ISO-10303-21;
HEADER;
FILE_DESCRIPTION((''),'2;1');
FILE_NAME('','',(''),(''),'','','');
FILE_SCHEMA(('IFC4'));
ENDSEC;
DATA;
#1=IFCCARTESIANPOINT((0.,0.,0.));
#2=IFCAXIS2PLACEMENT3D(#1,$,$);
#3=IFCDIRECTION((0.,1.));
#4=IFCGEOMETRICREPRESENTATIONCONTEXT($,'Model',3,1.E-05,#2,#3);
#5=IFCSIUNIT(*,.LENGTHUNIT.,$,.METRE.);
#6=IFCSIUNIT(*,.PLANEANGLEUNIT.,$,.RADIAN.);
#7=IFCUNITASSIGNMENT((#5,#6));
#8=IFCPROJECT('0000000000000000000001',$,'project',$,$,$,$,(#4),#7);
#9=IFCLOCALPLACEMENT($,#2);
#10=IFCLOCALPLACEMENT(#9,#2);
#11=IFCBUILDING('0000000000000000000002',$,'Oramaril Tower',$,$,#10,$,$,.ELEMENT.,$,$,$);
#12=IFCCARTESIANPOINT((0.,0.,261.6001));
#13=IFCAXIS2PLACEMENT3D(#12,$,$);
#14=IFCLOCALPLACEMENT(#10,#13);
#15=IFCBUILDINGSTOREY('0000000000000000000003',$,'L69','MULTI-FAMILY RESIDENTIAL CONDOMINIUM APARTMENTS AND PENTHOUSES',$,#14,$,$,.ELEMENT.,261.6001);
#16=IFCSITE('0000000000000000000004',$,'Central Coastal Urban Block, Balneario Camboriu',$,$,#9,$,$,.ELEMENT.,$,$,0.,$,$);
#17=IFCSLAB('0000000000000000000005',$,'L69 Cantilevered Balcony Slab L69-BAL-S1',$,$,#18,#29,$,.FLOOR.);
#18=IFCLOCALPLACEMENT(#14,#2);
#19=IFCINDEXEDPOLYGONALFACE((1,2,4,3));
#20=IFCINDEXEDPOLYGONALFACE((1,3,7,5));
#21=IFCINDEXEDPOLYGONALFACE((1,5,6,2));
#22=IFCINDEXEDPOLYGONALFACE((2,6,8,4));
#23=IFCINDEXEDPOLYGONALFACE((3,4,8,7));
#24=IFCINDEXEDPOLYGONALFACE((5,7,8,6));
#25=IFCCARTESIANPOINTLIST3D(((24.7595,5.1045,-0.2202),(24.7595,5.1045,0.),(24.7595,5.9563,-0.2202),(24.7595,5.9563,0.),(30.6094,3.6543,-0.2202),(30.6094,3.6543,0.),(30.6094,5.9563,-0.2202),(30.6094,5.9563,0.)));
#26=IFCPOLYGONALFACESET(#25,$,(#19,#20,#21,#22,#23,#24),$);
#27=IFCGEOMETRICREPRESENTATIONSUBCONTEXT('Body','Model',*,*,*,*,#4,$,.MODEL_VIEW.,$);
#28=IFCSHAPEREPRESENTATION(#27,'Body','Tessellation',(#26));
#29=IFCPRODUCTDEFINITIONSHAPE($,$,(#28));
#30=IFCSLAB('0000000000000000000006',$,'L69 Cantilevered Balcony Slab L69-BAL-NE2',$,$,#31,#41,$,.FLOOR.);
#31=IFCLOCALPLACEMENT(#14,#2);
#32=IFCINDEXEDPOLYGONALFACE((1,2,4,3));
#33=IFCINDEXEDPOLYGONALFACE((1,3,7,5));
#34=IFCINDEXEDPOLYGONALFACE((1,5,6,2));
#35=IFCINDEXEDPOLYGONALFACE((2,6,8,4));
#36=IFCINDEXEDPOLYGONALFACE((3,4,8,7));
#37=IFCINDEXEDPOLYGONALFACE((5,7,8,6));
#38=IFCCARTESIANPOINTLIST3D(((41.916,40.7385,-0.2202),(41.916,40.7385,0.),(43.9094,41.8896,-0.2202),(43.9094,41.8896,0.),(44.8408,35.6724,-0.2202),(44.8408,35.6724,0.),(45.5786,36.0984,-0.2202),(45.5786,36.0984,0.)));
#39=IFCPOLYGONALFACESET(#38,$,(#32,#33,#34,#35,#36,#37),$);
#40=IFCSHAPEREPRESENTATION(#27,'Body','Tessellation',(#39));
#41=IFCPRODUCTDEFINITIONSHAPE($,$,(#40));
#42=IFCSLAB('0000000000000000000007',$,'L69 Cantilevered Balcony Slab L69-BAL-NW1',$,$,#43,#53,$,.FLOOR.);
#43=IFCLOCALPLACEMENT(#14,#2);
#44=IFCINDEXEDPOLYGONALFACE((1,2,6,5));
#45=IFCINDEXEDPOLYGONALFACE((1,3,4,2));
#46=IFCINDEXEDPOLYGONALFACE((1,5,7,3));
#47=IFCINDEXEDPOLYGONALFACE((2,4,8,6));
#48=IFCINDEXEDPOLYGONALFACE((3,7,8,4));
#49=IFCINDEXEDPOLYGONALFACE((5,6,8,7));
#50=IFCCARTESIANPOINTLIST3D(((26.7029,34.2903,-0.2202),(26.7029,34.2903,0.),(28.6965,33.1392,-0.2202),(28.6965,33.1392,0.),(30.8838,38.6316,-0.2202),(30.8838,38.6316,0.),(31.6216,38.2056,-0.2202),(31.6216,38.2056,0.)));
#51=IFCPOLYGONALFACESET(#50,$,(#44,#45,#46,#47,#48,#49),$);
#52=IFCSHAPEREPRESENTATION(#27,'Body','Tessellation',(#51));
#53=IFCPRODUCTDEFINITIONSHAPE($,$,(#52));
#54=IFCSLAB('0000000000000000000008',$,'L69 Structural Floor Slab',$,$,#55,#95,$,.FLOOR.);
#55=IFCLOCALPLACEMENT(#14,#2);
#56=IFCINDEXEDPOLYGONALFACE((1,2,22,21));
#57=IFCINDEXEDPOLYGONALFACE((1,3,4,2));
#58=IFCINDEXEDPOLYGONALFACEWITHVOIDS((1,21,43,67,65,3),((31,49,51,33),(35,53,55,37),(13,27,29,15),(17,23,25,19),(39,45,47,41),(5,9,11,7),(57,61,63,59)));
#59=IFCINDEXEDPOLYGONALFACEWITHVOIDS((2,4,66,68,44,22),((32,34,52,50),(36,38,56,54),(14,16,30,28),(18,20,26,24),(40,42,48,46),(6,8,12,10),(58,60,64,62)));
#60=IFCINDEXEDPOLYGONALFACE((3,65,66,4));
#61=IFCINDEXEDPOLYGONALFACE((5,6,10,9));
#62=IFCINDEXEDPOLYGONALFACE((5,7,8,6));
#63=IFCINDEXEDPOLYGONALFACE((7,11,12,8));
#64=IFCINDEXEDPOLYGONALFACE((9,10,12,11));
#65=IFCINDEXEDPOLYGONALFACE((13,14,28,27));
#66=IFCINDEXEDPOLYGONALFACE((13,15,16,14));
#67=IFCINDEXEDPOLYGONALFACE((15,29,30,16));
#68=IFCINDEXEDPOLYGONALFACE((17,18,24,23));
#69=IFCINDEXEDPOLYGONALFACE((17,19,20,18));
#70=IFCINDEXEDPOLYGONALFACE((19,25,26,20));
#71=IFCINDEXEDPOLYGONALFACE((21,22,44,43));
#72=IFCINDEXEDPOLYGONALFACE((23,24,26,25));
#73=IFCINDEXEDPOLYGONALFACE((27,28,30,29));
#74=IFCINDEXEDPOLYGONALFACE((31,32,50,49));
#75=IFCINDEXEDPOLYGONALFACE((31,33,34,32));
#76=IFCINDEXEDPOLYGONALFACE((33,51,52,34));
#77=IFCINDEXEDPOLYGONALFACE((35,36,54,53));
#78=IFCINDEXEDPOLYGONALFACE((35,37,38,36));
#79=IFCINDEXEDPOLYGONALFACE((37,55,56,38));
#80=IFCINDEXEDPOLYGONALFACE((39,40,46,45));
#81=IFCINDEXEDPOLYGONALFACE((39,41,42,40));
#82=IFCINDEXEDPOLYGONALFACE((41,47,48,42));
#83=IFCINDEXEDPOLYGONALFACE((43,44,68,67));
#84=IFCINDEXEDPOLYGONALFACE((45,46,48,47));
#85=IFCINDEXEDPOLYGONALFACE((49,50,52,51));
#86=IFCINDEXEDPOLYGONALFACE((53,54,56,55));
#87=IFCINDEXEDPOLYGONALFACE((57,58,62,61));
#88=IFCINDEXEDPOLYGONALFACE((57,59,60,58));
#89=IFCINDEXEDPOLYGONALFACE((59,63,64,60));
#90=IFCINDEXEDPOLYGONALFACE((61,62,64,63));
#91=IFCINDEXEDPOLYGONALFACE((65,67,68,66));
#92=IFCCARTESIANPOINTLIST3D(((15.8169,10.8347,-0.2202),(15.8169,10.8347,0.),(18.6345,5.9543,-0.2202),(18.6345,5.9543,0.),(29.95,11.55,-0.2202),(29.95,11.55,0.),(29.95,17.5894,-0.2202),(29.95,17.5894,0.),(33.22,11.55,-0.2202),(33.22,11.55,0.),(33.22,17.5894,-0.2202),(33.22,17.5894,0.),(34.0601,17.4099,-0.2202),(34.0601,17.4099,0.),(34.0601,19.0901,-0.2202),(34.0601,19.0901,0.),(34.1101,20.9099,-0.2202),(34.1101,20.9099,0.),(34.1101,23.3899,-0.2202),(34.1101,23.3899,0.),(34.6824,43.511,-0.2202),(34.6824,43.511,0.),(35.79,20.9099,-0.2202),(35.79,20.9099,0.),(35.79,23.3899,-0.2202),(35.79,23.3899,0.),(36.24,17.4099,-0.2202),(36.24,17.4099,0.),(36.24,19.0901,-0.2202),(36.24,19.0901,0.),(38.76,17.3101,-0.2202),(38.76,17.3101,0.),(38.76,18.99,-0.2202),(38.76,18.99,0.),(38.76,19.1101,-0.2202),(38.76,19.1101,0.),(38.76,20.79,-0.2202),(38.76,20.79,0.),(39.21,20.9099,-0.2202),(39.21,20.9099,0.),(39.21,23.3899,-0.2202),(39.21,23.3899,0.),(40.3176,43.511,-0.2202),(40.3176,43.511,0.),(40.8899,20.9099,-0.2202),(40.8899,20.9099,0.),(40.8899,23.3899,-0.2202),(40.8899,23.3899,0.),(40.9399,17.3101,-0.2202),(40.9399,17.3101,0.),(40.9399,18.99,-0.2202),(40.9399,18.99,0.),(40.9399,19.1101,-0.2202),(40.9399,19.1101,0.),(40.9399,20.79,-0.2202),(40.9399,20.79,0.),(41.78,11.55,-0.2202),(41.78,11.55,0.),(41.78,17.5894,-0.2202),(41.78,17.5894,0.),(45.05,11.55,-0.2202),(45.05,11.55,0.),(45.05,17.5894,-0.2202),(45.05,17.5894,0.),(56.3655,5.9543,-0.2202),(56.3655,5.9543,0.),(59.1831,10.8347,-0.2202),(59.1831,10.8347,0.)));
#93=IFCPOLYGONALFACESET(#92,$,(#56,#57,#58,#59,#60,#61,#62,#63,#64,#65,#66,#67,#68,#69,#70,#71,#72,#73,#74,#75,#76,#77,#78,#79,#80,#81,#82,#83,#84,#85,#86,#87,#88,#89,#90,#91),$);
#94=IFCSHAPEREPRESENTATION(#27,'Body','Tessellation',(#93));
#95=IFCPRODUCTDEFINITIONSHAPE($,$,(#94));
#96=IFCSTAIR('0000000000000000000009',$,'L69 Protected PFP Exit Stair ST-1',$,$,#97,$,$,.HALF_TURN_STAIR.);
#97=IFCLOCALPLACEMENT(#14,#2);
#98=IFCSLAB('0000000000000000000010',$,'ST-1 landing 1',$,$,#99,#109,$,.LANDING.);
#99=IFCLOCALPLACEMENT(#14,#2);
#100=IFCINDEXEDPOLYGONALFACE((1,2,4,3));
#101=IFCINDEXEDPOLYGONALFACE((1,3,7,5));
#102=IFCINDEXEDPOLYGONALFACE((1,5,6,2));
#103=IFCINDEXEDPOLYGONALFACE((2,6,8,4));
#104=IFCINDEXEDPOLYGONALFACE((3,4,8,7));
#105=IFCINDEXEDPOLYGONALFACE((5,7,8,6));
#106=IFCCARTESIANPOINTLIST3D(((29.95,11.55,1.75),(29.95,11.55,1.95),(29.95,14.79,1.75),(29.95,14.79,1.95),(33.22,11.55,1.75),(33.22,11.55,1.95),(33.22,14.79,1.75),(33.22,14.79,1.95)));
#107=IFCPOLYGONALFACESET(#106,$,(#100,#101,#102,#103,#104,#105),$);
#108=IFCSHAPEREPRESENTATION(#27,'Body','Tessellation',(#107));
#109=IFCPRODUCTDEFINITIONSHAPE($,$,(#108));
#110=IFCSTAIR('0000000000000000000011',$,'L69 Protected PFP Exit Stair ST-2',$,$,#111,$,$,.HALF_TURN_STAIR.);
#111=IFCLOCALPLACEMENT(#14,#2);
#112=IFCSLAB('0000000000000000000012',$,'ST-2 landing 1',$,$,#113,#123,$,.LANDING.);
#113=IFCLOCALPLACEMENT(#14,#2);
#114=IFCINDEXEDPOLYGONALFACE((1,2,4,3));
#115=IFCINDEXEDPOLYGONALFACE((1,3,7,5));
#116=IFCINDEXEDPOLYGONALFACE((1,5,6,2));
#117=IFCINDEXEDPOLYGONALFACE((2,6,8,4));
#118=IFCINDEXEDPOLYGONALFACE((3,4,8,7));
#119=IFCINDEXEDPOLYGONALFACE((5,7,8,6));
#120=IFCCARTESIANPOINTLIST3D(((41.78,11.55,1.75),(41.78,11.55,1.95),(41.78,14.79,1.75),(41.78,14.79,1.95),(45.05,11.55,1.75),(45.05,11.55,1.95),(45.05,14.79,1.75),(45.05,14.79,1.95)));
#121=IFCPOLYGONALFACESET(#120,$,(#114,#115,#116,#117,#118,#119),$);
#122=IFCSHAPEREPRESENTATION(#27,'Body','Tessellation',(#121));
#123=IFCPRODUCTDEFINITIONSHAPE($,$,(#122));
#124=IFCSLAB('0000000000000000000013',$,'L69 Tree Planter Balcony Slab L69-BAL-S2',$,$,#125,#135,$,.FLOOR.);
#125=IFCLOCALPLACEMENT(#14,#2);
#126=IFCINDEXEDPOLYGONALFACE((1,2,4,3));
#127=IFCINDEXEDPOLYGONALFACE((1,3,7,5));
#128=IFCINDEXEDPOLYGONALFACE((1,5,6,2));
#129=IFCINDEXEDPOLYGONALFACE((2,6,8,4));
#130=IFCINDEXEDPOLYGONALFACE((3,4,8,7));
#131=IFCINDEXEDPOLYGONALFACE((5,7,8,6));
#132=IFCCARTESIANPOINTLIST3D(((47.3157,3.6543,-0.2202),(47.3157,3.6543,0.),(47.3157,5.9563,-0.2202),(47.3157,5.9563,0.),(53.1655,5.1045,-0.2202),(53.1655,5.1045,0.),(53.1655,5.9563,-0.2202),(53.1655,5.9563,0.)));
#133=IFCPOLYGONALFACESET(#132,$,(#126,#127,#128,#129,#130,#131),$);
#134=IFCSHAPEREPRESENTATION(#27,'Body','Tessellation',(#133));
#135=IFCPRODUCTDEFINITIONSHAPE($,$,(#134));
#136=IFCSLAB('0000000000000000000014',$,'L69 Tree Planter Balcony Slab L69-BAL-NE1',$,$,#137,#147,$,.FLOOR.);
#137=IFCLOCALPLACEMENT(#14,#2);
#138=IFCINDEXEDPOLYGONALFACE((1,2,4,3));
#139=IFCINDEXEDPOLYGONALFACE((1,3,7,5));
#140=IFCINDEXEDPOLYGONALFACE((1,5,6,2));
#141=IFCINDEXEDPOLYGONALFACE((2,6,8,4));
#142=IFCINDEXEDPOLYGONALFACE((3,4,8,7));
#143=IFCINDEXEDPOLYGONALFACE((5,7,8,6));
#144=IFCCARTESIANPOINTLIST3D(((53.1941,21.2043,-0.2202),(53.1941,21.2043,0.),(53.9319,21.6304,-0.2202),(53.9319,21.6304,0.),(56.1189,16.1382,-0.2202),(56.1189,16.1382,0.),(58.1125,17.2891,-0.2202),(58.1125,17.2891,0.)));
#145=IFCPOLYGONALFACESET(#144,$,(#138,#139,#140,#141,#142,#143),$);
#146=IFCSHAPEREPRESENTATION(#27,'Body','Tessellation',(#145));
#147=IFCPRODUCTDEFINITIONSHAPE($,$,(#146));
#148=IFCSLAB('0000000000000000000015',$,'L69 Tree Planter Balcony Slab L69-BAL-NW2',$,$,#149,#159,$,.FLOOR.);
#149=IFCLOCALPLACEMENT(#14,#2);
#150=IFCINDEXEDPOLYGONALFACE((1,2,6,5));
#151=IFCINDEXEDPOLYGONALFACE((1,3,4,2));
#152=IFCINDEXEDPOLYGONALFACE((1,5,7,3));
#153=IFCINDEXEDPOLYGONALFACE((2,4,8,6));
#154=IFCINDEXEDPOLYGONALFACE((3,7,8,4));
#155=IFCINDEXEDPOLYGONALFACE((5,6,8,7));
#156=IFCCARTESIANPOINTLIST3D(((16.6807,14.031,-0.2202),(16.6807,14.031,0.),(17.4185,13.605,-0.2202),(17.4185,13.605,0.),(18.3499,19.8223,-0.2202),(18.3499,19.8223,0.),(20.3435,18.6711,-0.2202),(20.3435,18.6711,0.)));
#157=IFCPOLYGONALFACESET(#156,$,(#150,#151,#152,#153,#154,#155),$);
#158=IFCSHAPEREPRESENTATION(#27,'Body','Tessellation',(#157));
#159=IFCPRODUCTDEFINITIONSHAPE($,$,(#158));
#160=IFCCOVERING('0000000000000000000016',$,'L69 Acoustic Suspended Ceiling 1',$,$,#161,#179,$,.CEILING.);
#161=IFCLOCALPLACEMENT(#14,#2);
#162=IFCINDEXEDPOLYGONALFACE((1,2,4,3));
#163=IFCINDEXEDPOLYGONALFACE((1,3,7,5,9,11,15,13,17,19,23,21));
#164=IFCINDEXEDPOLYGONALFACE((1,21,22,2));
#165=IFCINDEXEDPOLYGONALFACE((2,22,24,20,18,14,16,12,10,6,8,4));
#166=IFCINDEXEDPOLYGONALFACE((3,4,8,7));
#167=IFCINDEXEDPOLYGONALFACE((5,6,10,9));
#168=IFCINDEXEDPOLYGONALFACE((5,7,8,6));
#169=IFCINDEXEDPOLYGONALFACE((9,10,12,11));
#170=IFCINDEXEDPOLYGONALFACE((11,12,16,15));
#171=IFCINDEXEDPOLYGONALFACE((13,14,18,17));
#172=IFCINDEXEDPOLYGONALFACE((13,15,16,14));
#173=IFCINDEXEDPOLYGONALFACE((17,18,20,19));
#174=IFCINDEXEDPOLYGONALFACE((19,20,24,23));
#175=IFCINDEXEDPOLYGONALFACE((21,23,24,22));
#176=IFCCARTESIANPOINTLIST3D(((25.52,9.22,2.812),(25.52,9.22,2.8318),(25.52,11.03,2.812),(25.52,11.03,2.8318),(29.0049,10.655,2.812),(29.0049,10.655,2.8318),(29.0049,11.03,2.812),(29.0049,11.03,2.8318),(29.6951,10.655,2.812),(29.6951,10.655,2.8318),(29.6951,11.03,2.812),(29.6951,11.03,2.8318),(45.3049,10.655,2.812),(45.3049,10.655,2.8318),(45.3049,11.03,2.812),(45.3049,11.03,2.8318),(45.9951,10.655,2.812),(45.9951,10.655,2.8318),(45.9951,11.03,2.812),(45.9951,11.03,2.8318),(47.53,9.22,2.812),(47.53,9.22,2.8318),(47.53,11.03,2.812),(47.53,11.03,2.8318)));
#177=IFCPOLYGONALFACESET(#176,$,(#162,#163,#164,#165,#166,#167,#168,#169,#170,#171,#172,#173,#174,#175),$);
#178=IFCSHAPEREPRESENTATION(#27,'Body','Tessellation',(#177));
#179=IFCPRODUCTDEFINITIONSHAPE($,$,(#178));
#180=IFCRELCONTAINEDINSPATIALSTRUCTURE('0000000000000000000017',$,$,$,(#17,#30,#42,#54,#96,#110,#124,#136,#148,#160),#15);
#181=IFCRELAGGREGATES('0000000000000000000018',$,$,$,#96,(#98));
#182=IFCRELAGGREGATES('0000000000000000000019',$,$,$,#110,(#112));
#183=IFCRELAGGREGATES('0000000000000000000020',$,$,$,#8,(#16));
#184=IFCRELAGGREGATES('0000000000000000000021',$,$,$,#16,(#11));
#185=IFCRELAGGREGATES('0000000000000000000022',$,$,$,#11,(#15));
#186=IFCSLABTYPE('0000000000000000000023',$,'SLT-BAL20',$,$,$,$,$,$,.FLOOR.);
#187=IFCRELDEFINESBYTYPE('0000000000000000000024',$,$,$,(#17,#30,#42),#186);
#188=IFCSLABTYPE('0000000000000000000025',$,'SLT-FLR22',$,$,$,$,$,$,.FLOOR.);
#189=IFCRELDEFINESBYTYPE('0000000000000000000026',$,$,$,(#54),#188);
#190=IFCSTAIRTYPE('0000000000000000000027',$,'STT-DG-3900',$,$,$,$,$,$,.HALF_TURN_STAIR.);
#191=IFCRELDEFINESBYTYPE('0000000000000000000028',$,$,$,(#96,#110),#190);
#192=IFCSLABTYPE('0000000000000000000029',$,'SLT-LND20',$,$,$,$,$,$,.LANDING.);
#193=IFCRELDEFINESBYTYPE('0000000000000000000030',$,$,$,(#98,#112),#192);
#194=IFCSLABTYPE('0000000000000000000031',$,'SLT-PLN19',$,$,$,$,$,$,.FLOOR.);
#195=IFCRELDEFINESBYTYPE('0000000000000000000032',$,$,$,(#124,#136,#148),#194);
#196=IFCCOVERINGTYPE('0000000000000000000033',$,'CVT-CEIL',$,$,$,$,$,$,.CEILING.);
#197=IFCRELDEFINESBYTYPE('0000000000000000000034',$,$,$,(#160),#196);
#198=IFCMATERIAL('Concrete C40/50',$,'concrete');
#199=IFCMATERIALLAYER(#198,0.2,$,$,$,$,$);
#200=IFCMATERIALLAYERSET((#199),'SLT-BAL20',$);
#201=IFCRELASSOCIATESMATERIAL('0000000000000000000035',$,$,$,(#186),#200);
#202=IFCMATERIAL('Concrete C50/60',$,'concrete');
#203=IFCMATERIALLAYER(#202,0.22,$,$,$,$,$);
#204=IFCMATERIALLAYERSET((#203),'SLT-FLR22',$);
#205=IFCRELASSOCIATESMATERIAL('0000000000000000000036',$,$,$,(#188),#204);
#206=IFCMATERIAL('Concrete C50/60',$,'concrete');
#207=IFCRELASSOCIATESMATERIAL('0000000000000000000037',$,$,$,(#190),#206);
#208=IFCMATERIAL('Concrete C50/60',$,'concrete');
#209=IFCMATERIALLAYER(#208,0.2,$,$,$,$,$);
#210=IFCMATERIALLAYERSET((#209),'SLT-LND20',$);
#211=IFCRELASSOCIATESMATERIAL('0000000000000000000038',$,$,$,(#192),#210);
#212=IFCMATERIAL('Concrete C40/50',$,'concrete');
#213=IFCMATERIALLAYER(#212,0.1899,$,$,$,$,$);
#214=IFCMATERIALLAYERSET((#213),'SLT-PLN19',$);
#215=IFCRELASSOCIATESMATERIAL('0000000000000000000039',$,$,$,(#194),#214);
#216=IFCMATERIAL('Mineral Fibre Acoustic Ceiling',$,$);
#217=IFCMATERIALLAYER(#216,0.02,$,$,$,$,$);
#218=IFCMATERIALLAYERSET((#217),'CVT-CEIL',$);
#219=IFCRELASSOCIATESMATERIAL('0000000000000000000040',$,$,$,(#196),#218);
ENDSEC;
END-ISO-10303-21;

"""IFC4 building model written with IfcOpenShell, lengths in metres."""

from ifc_helpers import new_model, si_unit, direction, frame, origin, place, context, subcontext, project, spatial, polyline, outline, extrude, material, layer, layer_set, type_object, element, aggregate, save


model = new_model("IFC4")

# Units and contexts
model_context = context("Model", 3, precision=1e-05, world=origin(), true_north=direction((0.0, 1.0)))
body_context = subcontext(model_context, "Body", "Model", "MODEL_VIEW")
ifc_project = project(units=[si_unit("LENGTHUNIT", "METRE"), si_unit("PLANEANGLEUNIT", "RADIAN")], contexts=[model_context])

# Site, building, storey
site_placement = place(None, origin())
site = spatial("IfcSite", under=ifc_project, at=site_placement, Name="Central Coastal Urban Block, Balneario Camboriu", CompositionType="ELEMENT", RefElevation=0.0)
building_placement = place(site_placement, origin())
building = spatial("IfcBuilding", under=site, at=building_placement, Name="Oramaril Tower", CompositionType="ELEMENT")
storey_placement = place(building_placement, frame((0.0, 0.0, 261.6001)))
storey = spatial("IfcBuildingStorey", under=building, at=storey_placement, Name="L69", Description="MULTI-FAMILY RESIDENTIAL CONDOMINIUM APARTMENTS AND PENTHOUSES", CompositionType="ELEMENT", Elevation=261.6001)

# Slabs
ifc_material_1 = material(Name="Concrete C40/50", Category="concrete")
ifc_layer_1 = layer(ifc_material_1, 0.2)
ifc_layer_set_1 = layer_set([ifc_layer_1], Name="SLT-BAL20")
slab_type_1 = type_object("IfcSlabType", Name="SLT-BAL20", PredefinedType="FLOOR", material=ifc_layer_set_1)
slab_1_placement = place(storey_placement, frame((0.0, 0.0, -0.2202)))
element("IfcSlab", 1, at=slab_1_placement, inside=storey, type_object=slab_type_1, Name="L69 Cantilevered Balcony Slab L69-BAL-S1", PredefinedType="FLOOR", context=body_context, shape_type="SweptSolid", body=[
    extrude(outline(polyline([(24.7595, 5.9563), (30.6094, 5.9563), (30.6094, 3.6543), (24.7595, 5.1045), (24.7595, 5.9563)])), origin(), (0.0, 0.0, 1.0), 0.2202),
])
slab_2_placement = place(storey_placement, frame((0.0, 0.0, -0.2202)))
element("IfcSlab", 2, at=slab_2_placement, inside=storey, type_object=slab_type_1, Name="L69 Cantilevered Balcony Slab L69-BAL-NE2", PredefinedType="FLOOR", context=body_context, shape_type="SweptSolid", body=[
    extrude(outline(polyline([(44.8408, 35.6724), (41.916, 40.7385), (43.9094, 41.8896), (45.5786, 36.0984), (44.8408, 35.6724)])), origin(), (0.0, 0.0, 1.0), 0.2202),
])
slab_3_placement = place(storey_placement, frame((0.0, 0.0, -0.2202)))
element("IfcSlab", 3, at=slab_3_placement, inside=storey, type_object=slab_type_1, Name="L69 Cantilevered Balcony Slab L69-BAL-NW1", PredefinedType="FLOOR", context=body_context, shape_type="SweptSolid", body=[
    extrude(outline(polyline([(31.6216, 38.2056), (28.6965, 33.1392), (26.7029, 34.2903), (30.8838, 38.6316), (31.6216, 38.2056)])), origin(), (0.0, 0.0, 1.0), 0.2202),
])
ifc_material_2 = material(Name="Concrete C50/60", Category="concrete")
ifc_layer_2 = layer(ifc_material_2, 0.22)
ifc_layer_set_2 = layer_set([ifc_layer_2], Name="SLT-FLR22")
slab_type_2 = type_object("IfcSlabType", Name="SLT-FLR22", PredefinedType="FLOOR", material=ifc_layer_set_2)
slab_4_placement = place(storey_placement, frame((0.0, 0.0, -0.2202)))
element("IfcSlab", 4, at=slab_4_placement, inside=storey, type_object=slab_type_2, Name="L69 Structural Floor Slab", PredefinedType="FLOOR", context=body_context, shape_type="SweptSolid", body=[
    extrude(outline(polyline([(15.8169, 10.8347), (18.6345, 5.9543), (56.3655, 5.9543), (59.1831, 10.8347), (40.3176, 43.511), (34.6824, 43.511), (15.8169, 10.8347)]), holes=[polyline([(29.95, 17.5894), (29.95, 11.55), (33.22, 11.55), (33.22, 17.5894), (29.95, 17.5894)]), polyline([(41.78, 17.5894), (41.78, 11.55), (45.05, 11.55), (45.05, 17.5894), (41.78, 17.5894)]), polyline([(34.1101, 20.9099), (35.79, 20.9099), (35.79, 23.3899), (34.1101, 23.3899), (34.1101, 20.9099)]), polyline([(39.21, 20.9099), (40.8899, 20.9099), (40.8899, 23.3899), (39.21, 23.3899), (39.21, 20.9099)]), polyline([(34.0601, 17.4099), (36.24, 17.4099), (36.24, 19.0901), (34.0601, 19.0901), (34.0601, 17.4099)]), polyline([(38.76, 17.3101), (40.9399, 17.3101), (40.9399, 18.99), (38.76, 18.99), (38.76, 17.3101)]), polyline([(38.76, 19.1101), (40.9399, 19.1101), (40.9399, 20.79), (38.76, 20.79), (38.76, 19.1101)])]), origin(), (0.0, 0.0, 1.0), 0.2202),
])

# Stairs, slabs
ifc_material_3 = material(Name="Concrete C50/60", Category="concrete")
stair_type = type_object("IfcStairType", Name="STT-DG-3900", PredefinedType="HALF_TURN_STAIR", material=ifc_material_3)
stair_1_placement = place(storey_placement, origin())
stair_1 = element("IfcStair", 5, at=stair_1_placement, inside=storey, type_object=stair_type, Name="L69 Protected PFP Exit Stair ST-1", PredefinedType="HALF_TURN_STAIR")
ifc_material_4 = material(Name="Concrete C50/60", Category="concrete")
ifc_layer_3 = layer(ifc_material_4, 0.2)
ifc_layer_set_3 = layer_set([ifc_layer_3], Name="SLT-LND20")
slab_type_3 = type_object("IfcSlabType", Name="SLT-LND20", PredefinedType="LANDING", material=ifc_layer_set_3)
slab_5_placement = place(storey_placement, frame((0.0, 0.0, 1.75)))
slab_5 = element("IfcSlab", 6, at=slab_5_placement, type_object=slab_type_3, Name="ST-1 landing 1", PredefinedType="LANDING", context=body_context, shape_type="SweptSolid", body=[
    extrude(outline(polyline([(29.95, 14.79), (29.95, 11.55), (33.22, 11.55), (33.22, 14.79), (29.95, 14.79)])), origin(), (0.0, 0.0, 1.0), 0.2),
])
aggregate(stair_1, [slab_5])
stair_2_placement = place(storey_placement, origin())
stair_2 = element("IfcStair", 7, at=stair_2_placement, inside=storey, type_object=stair_type, Name="L69 Protected PFP Exit Stair ST-2", PredefinedType="HALF_TURN_STAIR")
slab_6_placement = place(storey_placement, frame((0.0, 0.0, 1.75)))
slab_6 = element("IfcSlab", 8, at=slab_6_placement, type_object=slab_type_3, Name="ST-2 landing 1", PredefinedType="LANDING", context=body_context, shape_type="SweptSolid", body=[
    extrude(outline(polyline([(41.78, 14.79), (41.78, 11.55), (45.05, 11.55), (45.05, 14.79), (41.78, 14.79)])), origin(), (0.0, 0.0, 1.0), 0.2),
])
aggregate(stair_2, [slab_6])

# Slabs
ifc_material_5 = material(Name="Concrete C40/50", Category="concrete")
ifc_layer_4 = layer(ifc_material_5, 0.1899)
ifc_layer_set_4 = layer_set([ifc_layer_4], Name="SLT-PLN19")
slab_type_4 = type_object("IfcSlabType", Name="SLT-PLN19", PredefinedType="FLOOR", material=ifc_layer_set_4)
slab_7_placement = place(storey_placement, frame((0.0, 0.0, -0.2202)))
element("IfcSlab", 9, at=slab_7_placement, inside=storey, type_object=slab_type_4, Name="L69 Tree Planter Balcony Slab L69-BAL-S2", PredefinedType="FLOOR", context=body_context, shape_type="SweptSolid", body=[
    extrude(outline(polyline([(47.3157, 5.9563), (53.1655, 5.9563), (53.1655, 5.1045), (47.3157, 3.6543), (47.3157, 5.9563)])), origin(), (0.0, 0.0, 1.0), 0.2202),
])
slab_8_placement = place(storey_placement, frame((0.0, 0.0, -0.2202)))
element("IfcSlab", 10, at=slab_8_placement, inside=storey, type_object=slab_type_4, Name="L69 Tree Planter Balcony Slab L69-BAL-NE1", PredefinedType="FLOOR", context=body_context, shape_type="SweptSolid", body=[
    extrude(outline(polyline([(56.1189, 16.1382), (53.1941, 21.2043), (53.9319, 21.6304), (58.1125, 17.2891), (56.1189, 16.1382)])), origin(), (0.0, 0.0, 1.0), 0.2202),
])
slab_9_placement = place(storey_placement, frame((0.0, 0.0, -0.2202)))
element("IfcSlab", 11, at=slab_9_placement, inside=storey, type_object=slab_type_4, Name="L69 Tree Planter Balcony Slab L69-BAL-NW2", PredefinedType="FLOOR", context=body_context, shape_type="SweptSolid", body=[
    extrude(outline(polyline([(20.3435, 18.6711), (17.4185, 13.605), (16.6807, 14.031), (18.3499, 19.8223), (20.3435, 18.6711)])), origin(), (0.0, 0.0, 1.0), 0.2202),
])

# Covering
ifc_material_6 = material(Name="Mineral Fibre Acoustic Ceiling")
ifc_layer_5 = layer(ifc_material_6, 0.02)
ifc_layer_set_5 = layer_set([ifc_layer_5], Name="CVT-CEIL")
covering_type_1 = type_object("IfcCoveringType", Name="CVT-CEIL", PredefinedType="CEILING", material=ifc_layer_set_5)
covering_1_placement = place(storey_placement, frame((0.0, 0.0, 2.812)))
element("IfcCovering", 12, at=covering_1_placement, inside=storey, type_object=covering_type_1, Name="L69 Acoustic Suspended Ceiling 1", PredefinedType="CEILING", context=body_context, shape_type="SweptSolid", body=[
    extrude(outline(polyline([(29.0049, 10.655), (29.6951, 10.655), (29.6951, 11.03), (45.3049, 11.03), (45.3049, 10.655), (45.9951, 10.655), (45.9951, 11.03), (47.53, 11.03), (47.53, 9.22), (25.52, 9.22), (25.52, 11.03), (29.0049, 11.03), (29.0049, 10.655)])), origin(), (0.0, 0.0, 1.0), 0.0198),
])

save(model, "model.ifc")
